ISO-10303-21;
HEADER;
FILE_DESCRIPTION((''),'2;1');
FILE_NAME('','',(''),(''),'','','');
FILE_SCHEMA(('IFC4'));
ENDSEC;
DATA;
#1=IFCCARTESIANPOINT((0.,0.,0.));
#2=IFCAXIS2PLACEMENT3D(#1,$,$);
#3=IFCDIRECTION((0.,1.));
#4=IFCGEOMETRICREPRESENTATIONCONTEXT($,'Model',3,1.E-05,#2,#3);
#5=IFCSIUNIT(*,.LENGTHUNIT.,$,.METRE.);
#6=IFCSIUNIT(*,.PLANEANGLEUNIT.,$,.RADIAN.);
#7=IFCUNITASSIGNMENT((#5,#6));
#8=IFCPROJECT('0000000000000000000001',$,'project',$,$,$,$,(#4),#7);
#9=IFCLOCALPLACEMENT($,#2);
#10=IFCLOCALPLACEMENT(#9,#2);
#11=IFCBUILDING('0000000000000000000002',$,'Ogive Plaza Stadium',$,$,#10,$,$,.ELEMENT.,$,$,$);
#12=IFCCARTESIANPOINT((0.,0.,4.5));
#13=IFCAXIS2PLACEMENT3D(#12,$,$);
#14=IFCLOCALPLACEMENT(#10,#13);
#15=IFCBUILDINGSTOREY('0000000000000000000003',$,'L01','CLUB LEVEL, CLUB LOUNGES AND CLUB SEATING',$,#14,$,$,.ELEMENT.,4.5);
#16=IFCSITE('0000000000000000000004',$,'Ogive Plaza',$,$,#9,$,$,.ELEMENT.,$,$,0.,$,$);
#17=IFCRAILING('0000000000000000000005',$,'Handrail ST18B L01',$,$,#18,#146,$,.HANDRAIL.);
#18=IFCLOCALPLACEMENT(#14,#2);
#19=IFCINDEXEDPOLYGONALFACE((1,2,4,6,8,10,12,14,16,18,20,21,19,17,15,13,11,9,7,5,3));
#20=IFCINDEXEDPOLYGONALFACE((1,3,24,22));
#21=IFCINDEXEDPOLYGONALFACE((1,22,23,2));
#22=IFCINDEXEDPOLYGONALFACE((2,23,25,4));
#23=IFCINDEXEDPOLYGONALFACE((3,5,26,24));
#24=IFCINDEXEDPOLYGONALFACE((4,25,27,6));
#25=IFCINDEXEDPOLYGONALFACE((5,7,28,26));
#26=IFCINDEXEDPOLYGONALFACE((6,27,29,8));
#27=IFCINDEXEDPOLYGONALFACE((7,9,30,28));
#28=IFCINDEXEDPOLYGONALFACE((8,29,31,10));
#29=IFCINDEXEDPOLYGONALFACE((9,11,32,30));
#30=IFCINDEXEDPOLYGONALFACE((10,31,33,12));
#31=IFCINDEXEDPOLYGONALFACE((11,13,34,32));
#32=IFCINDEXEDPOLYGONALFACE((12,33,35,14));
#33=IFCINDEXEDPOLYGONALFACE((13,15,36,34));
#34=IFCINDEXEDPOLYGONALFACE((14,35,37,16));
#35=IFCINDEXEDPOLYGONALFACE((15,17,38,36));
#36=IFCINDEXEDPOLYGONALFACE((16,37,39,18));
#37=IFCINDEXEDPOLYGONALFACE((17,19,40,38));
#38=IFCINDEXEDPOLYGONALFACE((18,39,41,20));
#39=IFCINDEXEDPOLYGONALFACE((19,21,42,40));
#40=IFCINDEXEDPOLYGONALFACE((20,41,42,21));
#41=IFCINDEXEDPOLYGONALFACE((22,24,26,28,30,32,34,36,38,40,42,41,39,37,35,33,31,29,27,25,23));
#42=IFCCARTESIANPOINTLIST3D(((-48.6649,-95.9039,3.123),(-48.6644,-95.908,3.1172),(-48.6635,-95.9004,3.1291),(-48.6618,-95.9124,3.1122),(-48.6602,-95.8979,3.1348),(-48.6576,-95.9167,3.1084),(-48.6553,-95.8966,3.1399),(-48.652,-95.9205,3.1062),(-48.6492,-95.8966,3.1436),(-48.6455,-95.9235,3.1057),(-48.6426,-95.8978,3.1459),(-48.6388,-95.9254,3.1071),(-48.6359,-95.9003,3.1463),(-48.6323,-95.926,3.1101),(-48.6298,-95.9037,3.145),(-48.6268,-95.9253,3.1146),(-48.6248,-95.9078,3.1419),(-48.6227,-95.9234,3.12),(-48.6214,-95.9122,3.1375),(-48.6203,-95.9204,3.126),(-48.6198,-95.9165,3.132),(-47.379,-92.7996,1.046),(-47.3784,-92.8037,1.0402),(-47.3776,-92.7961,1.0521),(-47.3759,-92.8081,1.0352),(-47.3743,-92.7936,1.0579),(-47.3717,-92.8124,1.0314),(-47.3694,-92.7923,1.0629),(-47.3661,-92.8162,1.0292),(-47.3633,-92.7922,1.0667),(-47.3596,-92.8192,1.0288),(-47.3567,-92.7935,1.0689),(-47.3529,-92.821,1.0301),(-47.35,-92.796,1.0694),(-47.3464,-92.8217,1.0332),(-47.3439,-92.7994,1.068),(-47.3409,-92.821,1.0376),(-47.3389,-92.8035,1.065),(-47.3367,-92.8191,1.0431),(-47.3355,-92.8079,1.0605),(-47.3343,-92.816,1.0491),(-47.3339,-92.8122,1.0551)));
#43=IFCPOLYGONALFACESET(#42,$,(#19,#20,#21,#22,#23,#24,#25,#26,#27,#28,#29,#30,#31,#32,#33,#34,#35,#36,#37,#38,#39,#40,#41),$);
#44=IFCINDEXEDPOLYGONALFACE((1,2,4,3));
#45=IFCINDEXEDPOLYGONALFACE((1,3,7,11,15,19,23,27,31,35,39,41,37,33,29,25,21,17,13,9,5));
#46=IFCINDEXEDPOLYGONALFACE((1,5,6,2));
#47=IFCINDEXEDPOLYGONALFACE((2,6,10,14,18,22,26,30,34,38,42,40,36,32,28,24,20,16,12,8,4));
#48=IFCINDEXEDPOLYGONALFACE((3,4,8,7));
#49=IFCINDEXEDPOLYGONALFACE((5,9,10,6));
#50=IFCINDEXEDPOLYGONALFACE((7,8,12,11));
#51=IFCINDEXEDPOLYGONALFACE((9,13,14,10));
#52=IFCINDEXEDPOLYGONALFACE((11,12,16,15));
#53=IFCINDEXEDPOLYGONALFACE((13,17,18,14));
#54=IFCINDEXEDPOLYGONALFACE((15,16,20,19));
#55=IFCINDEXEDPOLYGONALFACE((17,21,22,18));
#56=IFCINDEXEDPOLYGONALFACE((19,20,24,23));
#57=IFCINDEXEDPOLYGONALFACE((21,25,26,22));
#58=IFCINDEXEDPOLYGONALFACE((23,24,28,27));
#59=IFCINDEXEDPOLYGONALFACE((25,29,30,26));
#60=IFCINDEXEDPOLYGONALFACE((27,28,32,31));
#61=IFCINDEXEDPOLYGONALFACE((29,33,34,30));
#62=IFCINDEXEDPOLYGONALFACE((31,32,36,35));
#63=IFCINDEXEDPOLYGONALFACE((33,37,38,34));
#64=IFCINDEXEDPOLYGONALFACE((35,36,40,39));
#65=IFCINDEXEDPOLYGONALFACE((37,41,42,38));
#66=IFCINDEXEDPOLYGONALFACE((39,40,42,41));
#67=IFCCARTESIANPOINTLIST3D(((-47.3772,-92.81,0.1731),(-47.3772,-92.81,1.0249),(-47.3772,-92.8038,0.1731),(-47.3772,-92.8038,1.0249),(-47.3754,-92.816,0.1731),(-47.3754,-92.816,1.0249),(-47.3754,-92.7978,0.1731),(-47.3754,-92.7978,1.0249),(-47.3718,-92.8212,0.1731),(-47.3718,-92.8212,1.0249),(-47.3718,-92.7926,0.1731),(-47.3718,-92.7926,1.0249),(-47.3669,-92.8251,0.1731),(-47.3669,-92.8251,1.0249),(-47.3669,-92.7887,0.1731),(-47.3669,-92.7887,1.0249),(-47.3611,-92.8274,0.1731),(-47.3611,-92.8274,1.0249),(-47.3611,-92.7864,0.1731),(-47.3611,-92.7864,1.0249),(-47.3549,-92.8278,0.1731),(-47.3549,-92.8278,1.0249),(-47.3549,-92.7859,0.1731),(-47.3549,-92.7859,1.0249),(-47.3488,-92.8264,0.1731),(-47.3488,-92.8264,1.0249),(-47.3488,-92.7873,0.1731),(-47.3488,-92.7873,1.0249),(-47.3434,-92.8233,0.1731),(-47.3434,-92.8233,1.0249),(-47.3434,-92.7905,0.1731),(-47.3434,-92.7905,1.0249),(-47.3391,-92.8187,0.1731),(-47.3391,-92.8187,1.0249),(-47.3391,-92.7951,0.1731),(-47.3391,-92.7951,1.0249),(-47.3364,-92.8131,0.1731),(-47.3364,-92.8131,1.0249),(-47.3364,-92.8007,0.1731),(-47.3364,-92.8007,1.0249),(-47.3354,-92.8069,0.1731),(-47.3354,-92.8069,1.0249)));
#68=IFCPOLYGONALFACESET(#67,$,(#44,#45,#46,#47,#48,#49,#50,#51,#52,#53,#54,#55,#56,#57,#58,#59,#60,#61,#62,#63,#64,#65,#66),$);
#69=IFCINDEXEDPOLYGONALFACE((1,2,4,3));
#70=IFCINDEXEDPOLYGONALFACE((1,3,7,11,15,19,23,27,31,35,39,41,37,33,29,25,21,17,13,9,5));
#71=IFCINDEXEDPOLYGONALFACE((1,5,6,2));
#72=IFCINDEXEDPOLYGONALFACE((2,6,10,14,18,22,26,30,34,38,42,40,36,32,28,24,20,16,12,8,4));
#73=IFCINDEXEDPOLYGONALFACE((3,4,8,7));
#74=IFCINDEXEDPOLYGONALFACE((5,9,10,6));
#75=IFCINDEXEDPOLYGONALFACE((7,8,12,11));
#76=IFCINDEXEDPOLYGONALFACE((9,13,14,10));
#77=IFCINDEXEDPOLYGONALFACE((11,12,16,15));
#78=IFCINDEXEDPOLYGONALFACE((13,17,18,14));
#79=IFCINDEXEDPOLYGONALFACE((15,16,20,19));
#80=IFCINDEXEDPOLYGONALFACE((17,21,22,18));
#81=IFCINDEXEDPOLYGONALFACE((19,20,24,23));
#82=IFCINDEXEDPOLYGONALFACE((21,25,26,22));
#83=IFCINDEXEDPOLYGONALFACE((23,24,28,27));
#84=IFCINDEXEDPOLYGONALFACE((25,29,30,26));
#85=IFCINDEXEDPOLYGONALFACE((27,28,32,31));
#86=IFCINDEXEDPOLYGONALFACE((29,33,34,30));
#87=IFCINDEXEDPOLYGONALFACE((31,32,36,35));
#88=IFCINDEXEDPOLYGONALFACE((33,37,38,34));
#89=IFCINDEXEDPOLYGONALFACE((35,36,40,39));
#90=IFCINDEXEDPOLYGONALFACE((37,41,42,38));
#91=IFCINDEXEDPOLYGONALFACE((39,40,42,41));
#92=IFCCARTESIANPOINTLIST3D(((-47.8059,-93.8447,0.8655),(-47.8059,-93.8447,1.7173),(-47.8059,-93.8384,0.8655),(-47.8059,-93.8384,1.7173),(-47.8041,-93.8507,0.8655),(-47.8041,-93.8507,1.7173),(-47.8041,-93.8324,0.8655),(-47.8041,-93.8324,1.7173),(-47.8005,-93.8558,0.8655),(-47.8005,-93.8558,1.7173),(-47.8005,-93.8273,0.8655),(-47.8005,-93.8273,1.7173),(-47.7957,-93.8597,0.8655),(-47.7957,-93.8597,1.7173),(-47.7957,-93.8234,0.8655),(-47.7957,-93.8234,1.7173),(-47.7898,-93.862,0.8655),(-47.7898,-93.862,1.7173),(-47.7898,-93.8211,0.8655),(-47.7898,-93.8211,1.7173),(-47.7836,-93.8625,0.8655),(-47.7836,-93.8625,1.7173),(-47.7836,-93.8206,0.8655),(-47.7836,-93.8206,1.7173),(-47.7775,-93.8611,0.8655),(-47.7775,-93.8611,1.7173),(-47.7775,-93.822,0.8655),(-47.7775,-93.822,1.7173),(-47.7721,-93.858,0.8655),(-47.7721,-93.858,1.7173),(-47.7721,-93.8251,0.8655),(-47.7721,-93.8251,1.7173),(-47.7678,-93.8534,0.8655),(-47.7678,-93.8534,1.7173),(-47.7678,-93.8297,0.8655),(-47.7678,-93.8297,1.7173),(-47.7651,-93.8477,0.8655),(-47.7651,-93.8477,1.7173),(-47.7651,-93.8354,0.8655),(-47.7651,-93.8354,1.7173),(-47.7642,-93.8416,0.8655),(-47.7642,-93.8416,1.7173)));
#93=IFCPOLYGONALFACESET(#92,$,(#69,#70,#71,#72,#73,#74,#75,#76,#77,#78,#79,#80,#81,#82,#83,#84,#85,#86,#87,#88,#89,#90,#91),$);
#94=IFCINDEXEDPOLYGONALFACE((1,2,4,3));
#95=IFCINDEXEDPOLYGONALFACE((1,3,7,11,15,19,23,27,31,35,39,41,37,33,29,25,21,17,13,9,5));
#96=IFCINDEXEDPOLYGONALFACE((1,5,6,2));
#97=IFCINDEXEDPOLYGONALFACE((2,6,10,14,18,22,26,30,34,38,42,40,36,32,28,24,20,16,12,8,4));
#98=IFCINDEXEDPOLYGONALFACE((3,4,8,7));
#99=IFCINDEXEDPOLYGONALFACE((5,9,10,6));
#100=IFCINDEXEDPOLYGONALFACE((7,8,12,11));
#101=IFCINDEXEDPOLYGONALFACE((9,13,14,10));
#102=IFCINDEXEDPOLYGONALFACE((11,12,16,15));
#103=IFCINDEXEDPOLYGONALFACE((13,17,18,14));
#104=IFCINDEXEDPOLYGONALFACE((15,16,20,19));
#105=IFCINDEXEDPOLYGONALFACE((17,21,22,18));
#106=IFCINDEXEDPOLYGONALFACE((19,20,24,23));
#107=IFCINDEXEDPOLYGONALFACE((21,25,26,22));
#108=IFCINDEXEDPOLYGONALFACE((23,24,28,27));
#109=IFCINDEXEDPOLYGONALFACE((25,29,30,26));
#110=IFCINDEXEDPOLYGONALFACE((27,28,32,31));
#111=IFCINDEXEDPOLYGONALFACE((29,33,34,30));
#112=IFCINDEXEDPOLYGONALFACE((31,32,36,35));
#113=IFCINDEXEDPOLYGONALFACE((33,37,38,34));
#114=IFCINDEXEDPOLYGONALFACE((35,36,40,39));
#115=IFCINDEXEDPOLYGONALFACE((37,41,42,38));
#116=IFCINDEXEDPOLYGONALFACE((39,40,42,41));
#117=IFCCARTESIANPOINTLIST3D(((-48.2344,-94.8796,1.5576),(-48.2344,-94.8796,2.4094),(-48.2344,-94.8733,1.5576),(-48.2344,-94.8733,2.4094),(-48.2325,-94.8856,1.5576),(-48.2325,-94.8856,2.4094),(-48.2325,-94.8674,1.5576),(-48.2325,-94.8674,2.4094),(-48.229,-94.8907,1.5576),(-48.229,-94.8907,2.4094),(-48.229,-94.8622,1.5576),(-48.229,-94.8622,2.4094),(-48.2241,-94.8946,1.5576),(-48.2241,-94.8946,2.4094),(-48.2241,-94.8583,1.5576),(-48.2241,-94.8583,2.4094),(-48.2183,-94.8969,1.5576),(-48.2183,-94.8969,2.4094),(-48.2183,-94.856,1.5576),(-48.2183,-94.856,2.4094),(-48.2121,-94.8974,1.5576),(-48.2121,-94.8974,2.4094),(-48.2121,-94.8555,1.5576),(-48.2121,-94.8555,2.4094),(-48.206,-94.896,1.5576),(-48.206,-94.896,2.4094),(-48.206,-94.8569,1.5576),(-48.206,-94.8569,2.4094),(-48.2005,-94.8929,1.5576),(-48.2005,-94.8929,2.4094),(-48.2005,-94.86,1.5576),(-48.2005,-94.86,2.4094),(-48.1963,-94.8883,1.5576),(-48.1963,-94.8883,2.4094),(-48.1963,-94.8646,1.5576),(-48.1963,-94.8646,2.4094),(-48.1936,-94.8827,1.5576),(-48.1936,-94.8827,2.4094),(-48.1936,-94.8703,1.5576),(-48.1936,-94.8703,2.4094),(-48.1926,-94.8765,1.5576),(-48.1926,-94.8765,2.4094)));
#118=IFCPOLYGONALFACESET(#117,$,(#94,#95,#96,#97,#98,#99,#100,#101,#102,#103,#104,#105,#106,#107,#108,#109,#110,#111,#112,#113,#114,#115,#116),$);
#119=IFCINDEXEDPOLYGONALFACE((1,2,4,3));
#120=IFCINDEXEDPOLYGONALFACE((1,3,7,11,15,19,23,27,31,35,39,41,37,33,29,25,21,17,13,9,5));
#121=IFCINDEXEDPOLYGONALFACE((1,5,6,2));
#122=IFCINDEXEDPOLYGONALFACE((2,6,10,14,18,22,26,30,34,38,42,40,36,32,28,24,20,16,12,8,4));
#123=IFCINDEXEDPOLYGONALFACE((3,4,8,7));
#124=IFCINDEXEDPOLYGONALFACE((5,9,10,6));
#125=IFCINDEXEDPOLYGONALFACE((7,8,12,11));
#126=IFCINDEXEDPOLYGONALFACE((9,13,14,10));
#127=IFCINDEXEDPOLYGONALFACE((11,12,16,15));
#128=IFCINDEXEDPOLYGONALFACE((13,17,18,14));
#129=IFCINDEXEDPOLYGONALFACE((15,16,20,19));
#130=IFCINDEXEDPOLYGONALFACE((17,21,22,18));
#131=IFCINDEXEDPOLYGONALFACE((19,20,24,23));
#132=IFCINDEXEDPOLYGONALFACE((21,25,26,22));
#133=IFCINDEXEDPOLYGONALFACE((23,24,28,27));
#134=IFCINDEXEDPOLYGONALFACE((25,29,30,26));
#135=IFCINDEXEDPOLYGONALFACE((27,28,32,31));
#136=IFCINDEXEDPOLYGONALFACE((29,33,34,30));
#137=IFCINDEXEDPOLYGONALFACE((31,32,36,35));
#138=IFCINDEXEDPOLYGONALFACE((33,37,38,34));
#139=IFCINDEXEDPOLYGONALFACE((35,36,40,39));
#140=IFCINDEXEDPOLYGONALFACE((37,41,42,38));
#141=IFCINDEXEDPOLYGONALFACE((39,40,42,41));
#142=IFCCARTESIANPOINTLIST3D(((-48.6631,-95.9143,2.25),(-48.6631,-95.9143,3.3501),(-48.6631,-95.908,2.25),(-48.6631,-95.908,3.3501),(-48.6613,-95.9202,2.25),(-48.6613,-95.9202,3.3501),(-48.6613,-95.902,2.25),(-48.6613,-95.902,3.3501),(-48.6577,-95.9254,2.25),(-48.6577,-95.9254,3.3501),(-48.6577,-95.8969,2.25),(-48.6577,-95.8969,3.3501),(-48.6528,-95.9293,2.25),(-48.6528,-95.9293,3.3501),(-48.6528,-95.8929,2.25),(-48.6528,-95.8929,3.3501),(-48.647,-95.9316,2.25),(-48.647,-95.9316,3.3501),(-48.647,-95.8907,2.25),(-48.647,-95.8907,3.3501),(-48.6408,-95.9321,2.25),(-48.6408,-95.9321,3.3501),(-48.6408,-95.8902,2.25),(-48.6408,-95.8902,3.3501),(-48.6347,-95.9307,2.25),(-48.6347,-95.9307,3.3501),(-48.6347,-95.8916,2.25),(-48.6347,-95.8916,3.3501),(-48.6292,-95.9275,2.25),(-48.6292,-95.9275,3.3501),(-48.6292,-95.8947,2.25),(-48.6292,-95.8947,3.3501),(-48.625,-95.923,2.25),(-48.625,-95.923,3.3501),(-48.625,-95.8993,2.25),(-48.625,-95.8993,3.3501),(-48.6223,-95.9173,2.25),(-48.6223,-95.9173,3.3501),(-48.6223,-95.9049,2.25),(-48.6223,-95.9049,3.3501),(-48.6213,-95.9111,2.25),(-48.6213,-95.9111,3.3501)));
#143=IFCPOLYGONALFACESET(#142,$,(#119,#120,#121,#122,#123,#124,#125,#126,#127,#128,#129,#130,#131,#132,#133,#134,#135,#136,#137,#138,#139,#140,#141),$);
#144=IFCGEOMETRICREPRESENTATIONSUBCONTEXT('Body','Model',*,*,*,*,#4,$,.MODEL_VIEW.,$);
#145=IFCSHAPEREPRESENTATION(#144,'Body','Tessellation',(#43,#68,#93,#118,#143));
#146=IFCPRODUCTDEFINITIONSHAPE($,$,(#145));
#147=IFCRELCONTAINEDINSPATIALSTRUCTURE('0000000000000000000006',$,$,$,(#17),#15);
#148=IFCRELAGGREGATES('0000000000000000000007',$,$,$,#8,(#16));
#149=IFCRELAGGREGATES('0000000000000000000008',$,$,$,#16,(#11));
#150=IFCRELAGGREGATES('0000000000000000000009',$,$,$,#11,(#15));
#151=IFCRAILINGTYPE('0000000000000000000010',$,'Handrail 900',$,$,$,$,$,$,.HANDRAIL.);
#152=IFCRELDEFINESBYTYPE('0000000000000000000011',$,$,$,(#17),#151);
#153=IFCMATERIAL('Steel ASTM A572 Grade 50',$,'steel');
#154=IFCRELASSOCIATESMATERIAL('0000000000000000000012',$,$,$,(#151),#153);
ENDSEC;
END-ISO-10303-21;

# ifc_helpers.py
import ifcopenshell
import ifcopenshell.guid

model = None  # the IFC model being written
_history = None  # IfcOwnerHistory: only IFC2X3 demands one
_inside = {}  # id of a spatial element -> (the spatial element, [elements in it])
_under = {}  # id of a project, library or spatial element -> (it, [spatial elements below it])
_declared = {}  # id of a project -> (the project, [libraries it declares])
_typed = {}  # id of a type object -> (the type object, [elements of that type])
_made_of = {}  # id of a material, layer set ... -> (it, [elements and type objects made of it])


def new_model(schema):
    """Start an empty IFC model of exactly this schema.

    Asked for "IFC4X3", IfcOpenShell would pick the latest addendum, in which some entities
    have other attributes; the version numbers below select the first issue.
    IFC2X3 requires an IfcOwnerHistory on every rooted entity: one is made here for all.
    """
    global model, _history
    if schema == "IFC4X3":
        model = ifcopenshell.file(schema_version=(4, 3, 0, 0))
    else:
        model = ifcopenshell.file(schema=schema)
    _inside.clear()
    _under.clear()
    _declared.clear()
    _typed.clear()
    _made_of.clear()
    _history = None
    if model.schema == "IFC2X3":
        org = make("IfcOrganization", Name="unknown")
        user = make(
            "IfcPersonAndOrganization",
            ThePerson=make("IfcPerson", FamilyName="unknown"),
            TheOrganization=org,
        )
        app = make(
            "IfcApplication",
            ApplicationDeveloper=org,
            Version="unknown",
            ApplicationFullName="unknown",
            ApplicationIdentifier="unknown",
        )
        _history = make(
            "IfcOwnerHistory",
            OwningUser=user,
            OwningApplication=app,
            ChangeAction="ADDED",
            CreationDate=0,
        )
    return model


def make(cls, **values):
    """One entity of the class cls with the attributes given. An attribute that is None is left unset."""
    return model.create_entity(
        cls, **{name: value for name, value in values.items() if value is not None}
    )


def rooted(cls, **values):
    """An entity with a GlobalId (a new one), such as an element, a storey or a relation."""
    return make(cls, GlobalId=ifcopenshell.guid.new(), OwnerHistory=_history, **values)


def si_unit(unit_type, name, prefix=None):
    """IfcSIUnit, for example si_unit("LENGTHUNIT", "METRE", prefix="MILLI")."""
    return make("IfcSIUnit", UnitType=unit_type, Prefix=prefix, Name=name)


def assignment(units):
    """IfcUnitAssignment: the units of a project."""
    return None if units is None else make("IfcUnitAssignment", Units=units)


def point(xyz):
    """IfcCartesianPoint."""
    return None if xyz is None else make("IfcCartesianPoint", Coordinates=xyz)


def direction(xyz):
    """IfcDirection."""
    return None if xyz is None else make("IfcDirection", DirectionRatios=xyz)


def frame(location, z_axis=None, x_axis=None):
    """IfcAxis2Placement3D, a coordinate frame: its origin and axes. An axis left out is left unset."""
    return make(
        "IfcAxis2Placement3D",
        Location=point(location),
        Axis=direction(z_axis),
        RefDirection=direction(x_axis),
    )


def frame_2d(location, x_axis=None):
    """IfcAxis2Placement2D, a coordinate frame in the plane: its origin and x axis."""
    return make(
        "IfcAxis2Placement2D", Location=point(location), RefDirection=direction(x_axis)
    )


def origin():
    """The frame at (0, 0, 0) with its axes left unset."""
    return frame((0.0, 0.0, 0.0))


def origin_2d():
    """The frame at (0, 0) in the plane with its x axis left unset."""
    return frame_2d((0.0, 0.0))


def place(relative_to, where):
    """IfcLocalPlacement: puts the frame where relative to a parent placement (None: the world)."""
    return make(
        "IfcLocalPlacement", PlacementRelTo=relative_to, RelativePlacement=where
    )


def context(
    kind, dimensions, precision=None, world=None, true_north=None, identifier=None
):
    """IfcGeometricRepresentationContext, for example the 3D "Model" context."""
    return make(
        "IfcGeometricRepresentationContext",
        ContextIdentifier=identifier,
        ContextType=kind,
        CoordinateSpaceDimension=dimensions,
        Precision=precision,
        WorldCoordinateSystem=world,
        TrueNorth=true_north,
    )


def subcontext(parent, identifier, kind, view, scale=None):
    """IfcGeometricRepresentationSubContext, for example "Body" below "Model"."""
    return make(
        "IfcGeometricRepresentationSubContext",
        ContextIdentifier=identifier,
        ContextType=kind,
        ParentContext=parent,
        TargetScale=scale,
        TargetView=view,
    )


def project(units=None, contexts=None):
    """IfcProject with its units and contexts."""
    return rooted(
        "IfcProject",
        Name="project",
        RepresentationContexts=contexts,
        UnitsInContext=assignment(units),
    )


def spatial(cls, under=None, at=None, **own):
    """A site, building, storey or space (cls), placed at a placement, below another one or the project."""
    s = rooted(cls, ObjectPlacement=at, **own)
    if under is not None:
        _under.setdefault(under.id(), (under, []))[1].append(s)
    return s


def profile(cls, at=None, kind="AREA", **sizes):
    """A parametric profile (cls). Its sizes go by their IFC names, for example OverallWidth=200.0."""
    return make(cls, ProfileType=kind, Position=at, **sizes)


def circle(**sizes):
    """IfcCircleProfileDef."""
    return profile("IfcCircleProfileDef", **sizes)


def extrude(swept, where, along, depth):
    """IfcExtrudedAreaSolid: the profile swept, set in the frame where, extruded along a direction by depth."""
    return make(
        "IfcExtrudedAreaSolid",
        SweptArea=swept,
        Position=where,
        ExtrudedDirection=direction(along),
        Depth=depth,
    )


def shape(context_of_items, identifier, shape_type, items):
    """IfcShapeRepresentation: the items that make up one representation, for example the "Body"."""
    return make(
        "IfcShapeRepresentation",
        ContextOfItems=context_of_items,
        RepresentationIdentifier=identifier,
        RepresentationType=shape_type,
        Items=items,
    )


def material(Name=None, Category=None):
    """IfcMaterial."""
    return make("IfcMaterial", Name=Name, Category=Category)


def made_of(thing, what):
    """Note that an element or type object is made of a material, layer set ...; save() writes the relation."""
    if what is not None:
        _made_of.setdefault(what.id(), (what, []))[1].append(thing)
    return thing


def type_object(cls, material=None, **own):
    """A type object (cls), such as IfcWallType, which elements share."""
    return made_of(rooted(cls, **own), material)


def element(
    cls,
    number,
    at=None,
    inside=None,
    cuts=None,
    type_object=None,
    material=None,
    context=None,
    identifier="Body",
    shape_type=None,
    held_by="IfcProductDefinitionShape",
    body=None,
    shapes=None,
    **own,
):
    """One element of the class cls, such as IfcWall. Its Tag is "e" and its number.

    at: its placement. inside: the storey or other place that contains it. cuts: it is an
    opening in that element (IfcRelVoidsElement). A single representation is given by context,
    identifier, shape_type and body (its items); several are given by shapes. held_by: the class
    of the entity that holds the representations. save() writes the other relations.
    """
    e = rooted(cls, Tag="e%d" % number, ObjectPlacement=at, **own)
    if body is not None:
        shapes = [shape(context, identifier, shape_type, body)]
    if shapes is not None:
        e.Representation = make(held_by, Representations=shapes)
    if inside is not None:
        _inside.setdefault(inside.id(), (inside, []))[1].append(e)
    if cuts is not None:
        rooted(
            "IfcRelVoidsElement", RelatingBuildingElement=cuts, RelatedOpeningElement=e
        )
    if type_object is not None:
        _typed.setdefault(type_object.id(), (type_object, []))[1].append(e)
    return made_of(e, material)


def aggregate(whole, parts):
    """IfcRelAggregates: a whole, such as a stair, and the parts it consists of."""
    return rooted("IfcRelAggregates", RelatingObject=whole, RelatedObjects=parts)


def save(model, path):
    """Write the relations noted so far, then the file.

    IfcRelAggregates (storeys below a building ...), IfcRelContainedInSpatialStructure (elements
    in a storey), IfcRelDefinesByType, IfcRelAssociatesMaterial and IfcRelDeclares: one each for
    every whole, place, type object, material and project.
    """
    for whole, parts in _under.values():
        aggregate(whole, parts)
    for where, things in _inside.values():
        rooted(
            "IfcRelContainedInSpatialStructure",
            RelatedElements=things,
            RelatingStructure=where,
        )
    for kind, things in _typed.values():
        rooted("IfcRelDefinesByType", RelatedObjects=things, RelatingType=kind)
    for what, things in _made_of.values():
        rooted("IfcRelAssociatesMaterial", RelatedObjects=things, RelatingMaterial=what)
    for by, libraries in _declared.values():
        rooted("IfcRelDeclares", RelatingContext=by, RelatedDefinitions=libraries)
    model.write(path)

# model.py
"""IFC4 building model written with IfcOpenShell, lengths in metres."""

from ifc_helpers import new_model, si_unit, direction, frame, origin, origin_2d, place, context, subcontext, project, spatial, circle, extrude, material, type_object, element, save


model = new_model("IFC4")

# Units and contexts
model_context = context("Model", 3, precision=1e-05, world=origin(), true_north=direction((0.0, 1.0)))
body_context = subcontext(model_context, "Body", "Model", "MODEL_VIEW")
ifc_project = project(units=[si_unit("LENGTHUNIT", "METRE"), si_unit("PLANEANGLEUNIT", "RADIAN")], contexts=[model_context])

# Site, building, storey
site_placement = place(None, origin())
site = spatial("IfcSite", under=ifc_project, at=site_placement, Name="Ogive Plaza", CompositionType="ELEMENT", RefElevation=0.0)
building_placement = place(site_placement, origin())
building = spatial("IfcBuilding", under=site, at=building_placement, Name="Ogive Plaza Stadium", CompositionType="ELEMENT")
storey_placement = place(building_placement, frame((0.0, 0.0, 4.5)))
storey = spatial("IfcBuildingStorey", under=building, at=storey_placement, Name="L01", Description="CLUB LEVEL, CLUB LOUNGES AND CLUB SEATING", CompositionType="ELEMENT", Elevation=4.5)

# Railing
ifc_material_1 = material(Name="Steel ASTM A572 Grade 50", Category="steel")
railing_type_1 = type_object("IfcRailingType", Name="Handrail 900", PredefinedType="HANDRAIL", material=ifc_material_1)
for number, where, name in (
    (1, (-47.3564, -92.8069, 0.1731), "Handrail ST18B L01"),
):
    element("IfcRailing", number, at=place(storey_placement, frame(where)), inside=storey, type_object=railing_type_1, Name=name, PredefinedType="HANDRAIL", context=body_context, shape_type="SweptSolid", body=[
        extrude(circle(Radius=0.0239, at=origin_2d()), frame((0.0, 0.0, 0.876), z_axis=(-0.325532, -0.785863, 0.525783), x_axis=(0.923872, -0.3827, 0.0)), (0.0, 0.0, 1.0), 3.9502),
        extrude(circle(Radius=0.021, at=origin_2d()), origin(), (0.0, 0.0, 1.0), 0.8518),
        extrude(circle(Radius=0.021, at=origin_2d()), frame((-0.4287, -1.0347, 0.6924)), (0.0, 0.0, 1.0), 0.8518),
        extrude(circle(Radius=0.021, at=origin_2d()), frame((-0.8572, -2.0696, 1.3845)), (0.0, 0.0, 1.0), 0.8518),
        extrude(circle(Radius=0.021, at=origin_2d()), frame((-1.2859, -3.1042, 2.0769)), (0.0, 0.0, 1.0), 1.1001),
    ])

save(model, "model.ifc")
